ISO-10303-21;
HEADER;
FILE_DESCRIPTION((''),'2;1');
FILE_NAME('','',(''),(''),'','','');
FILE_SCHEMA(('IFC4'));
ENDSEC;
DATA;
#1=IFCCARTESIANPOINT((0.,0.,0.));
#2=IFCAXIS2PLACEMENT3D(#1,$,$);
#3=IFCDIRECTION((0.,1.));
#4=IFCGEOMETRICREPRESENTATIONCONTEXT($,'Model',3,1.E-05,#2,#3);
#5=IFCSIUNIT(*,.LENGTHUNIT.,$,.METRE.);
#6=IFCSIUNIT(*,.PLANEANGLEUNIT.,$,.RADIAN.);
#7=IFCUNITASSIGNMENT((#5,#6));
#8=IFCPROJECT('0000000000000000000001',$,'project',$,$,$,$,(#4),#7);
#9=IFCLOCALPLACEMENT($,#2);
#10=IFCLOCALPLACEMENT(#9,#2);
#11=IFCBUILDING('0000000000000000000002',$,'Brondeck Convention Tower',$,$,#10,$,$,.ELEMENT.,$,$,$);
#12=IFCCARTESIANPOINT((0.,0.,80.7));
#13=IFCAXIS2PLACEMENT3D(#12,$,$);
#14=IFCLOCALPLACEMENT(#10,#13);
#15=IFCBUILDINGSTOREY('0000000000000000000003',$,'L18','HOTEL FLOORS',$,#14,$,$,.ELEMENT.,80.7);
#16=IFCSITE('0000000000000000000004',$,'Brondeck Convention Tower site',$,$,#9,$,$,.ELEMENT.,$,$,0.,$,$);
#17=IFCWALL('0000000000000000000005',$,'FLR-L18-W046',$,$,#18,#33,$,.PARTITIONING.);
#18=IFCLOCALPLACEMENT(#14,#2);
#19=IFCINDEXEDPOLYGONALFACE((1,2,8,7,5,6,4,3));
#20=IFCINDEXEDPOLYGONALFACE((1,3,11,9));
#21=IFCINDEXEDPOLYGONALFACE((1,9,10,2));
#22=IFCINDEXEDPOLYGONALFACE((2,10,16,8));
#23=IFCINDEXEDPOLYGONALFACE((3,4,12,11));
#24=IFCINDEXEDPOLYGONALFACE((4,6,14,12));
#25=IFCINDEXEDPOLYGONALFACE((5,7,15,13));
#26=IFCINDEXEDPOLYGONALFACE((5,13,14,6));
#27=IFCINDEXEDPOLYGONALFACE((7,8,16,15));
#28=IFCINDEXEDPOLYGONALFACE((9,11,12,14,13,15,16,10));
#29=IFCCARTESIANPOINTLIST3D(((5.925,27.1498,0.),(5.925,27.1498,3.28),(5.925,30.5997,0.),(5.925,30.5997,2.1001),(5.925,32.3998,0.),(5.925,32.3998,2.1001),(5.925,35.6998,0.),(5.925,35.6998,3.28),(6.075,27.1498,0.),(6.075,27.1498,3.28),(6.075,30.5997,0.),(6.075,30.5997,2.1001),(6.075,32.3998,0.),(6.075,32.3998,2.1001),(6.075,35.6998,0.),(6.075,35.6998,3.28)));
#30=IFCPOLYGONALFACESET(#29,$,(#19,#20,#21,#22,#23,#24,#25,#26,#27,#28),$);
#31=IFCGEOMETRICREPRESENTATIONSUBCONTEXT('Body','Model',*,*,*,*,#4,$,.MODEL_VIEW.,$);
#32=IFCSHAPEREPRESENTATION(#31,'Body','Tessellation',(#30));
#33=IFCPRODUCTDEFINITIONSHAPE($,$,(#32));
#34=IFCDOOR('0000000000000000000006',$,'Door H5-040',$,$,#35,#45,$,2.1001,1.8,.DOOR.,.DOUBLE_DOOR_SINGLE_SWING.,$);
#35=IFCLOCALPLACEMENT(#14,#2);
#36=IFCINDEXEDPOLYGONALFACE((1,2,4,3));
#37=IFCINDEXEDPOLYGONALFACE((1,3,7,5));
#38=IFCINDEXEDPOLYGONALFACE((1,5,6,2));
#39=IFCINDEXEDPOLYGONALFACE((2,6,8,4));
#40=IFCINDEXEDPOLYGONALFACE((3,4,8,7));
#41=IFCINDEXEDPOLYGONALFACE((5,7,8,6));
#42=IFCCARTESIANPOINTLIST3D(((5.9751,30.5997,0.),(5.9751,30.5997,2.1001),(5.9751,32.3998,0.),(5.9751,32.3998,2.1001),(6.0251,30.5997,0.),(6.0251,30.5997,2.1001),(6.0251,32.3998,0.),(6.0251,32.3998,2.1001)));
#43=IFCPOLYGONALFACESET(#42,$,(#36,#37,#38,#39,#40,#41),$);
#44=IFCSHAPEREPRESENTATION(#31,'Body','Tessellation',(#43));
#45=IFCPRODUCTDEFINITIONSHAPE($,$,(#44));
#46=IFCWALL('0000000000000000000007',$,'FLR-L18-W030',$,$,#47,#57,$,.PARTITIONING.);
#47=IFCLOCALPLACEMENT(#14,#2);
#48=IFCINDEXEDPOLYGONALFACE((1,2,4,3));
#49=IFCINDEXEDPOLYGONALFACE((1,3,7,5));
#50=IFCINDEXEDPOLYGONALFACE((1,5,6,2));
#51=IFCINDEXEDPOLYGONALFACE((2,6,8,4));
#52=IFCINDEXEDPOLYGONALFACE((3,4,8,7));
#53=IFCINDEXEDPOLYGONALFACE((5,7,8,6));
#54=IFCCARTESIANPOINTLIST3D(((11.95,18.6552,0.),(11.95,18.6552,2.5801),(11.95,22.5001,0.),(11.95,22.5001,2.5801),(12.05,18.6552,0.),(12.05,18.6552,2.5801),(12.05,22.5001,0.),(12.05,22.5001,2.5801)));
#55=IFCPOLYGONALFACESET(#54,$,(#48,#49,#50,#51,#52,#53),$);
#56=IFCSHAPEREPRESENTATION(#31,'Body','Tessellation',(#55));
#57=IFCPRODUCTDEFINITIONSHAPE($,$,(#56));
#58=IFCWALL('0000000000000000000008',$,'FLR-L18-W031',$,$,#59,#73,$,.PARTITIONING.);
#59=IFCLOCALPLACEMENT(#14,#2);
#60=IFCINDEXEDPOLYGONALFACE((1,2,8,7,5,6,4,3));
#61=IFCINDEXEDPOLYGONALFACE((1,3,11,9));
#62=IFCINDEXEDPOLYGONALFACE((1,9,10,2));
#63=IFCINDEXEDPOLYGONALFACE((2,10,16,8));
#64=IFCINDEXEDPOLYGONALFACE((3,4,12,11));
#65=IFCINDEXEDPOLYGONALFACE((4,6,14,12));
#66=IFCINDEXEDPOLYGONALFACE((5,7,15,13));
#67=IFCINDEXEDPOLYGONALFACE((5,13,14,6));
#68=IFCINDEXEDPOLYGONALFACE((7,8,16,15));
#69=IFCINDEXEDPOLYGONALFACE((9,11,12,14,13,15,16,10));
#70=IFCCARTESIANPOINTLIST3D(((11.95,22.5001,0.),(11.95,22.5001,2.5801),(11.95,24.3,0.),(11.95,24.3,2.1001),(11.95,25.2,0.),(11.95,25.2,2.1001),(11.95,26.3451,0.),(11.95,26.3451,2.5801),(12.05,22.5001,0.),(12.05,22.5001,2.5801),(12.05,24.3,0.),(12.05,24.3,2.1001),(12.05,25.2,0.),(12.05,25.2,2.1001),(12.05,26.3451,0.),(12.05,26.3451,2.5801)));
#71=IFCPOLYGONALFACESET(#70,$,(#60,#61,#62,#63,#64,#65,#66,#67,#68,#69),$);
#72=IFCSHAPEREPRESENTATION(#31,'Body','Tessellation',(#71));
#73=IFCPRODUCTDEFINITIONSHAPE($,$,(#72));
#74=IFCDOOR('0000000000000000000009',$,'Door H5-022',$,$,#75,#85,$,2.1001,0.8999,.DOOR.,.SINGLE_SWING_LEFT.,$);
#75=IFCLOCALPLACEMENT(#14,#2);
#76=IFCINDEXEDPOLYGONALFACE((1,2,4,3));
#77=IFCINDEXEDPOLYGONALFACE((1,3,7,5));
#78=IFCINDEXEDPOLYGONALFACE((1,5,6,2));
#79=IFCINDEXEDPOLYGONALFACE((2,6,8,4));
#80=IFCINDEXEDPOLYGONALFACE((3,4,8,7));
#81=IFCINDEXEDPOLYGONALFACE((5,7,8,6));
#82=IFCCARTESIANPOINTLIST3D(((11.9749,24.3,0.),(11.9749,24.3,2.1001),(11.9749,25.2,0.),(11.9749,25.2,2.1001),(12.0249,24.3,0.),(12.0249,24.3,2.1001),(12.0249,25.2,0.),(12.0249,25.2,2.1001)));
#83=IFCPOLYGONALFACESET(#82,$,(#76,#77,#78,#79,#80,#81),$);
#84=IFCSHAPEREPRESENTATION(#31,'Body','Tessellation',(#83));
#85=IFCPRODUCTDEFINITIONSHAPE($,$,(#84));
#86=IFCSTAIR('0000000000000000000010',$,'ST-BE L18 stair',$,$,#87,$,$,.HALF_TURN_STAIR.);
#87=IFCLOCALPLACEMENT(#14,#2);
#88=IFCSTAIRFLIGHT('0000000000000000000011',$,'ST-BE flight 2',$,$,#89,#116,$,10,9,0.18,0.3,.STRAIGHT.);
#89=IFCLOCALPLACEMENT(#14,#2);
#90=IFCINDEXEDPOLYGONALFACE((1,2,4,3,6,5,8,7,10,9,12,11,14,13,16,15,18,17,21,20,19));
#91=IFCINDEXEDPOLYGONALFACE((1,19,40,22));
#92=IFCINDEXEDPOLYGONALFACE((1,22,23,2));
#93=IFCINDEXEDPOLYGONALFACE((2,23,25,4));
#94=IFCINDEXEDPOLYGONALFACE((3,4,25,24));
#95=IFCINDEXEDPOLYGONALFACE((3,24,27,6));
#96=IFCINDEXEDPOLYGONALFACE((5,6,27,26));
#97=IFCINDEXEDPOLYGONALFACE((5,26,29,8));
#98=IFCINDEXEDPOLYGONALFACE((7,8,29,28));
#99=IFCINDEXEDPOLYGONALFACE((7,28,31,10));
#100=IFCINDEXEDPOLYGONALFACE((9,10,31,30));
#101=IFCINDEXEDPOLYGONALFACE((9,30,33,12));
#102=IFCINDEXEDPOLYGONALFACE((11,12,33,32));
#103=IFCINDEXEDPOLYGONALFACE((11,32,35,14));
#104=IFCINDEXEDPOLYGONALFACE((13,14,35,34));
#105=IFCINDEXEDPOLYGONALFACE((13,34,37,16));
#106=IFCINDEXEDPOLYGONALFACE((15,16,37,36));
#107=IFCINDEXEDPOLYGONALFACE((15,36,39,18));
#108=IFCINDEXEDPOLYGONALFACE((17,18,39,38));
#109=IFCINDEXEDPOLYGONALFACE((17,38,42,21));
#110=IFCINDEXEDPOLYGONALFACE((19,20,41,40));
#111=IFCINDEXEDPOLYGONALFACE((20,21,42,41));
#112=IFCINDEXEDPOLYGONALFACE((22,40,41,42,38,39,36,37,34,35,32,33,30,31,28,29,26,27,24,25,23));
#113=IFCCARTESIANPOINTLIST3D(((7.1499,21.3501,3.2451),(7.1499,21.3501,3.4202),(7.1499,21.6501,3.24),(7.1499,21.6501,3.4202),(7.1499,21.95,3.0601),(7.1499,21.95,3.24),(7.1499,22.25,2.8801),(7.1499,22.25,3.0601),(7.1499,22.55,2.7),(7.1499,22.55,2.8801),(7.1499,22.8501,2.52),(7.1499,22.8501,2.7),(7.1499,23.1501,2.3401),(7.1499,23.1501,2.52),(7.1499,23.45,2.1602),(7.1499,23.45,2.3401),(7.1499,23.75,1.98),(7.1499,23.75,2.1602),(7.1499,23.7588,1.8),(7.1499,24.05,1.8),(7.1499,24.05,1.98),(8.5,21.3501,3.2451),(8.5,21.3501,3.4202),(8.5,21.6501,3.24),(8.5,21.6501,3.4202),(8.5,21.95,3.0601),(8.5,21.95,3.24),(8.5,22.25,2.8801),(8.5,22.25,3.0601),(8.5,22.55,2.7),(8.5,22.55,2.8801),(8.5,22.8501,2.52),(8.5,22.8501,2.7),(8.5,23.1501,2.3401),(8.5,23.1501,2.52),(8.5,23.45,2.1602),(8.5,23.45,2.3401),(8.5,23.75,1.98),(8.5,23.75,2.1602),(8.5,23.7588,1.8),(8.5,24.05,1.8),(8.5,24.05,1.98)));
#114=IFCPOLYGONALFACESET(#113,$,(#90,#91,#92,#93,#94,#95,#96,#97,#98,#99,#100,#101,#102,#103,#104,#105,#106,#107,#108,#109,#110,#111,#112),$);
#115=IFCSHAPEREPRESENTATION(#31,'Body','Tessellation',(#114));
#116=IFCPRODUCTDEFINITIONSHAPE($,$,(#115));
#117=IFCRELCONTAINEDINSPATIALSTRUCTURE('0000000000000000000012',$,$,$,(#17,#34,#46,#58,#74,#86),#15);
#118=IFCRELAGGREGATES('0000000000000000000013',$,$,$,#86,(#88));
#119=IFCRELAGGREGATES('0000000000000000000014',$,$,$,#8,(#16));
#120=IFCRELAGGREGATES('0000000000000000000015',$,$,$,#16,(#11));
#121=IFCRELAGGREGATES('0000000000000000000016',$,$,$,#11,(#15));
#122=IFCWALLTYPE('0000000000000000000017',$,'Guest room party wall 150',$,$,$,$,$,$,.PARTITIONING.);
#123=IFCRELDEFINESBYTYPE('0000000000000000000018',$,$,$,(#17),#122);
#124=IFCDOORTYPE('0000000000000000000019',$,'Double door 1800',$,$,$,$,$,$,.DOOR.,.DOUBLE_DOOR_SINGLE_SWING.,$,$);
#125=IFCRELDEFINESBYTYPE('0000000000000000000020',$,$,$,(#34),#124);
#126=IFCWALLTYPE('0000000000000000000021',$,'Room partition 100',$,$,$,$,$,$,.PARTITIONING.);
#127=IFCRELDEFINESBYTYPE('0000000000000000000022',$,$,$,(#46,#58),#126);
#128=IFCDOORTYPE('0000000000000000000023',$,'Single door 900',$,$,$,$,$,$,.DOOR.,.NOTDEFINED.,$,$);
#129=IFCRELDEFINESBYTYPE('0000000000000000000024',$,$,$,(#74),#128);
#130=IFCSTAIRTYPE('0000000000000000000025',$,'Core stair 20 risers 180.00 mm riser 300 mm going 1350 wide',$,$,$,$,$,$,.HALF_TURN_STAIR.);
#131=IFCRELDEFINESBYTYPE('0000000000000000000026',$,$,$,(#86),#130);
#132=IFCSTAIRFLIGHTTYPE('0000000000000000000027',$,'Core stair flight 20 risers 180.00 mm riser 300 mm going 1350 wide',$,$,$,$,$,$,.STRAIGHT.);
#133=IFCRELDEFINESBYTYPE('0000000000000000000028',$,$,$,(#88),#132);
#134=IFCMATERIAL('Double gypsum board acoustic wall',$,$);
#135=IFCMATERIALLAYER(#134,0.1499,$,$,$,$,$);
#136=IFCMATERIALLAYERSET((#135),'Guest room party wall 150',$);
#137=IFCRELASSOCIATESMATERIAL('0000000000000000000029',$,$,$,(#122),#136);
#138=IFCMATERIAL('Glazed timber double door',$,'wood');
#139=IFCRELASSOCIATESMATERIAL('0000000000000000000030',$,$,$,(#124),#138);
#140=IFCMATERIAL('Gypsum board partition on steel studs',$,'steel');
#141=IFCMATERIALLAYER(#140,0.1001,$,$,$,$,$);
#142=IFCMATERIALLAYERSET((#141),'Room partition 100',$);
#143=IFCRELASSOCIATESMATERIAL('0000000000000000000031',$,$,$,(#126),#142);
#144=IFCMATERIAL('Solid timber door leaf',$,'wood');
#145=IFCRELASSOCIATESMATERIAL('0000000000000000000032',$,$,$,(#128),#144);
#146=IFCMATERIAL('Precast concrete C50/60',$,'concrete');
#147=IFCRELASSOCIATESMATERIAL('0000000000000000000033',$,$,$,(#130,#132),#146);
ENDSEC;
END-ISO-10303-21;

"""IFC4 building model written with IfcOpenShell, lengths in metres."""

from ifc_helpers import new_model, si_unit, direction, frame, frame_2d, origin, place, context, subcontext, project, spatial, polyline, rectangle, outline, extrude, material, layer, layer_set, type_object, element, fill, aggregate, save


model = new_model("IFC4")

# Units and contexts
model_context = context("Model", 3, precision=1e-05, world=origin(), true_north=direction((0.0, 1.0)))
body_context = subcontext(model_context, "Body", "Model", "MODEL_VIEW")
ifc_project = project(units=[si_unit("LENGTHUNIT", "METRE"), si_unit("PLANEANGLEUNIT", "RADIAN")], contexts=[model_context])

# Site, building, storey
site_placement = place(None, origin())
site = spatial("IfcSite", under=ifc_project, at=site_placement, Name="Brondeck Convention Tower site", CompositionType="ELEMENT", RefElevation=0.0)
building_placement = place(site_placement, origin())
building = spatial("IfcBuilding", under=site, at=building_placement, Name="Brondeck Convention Tower", CompositionType="ELEMENT")
storey_placement = place(building_placement, frame((0.0, 0.0, 80.7)))
storey = spatial("IfcBuildingStorey", under=building, at=storey_placement, Name="L18", Description="HOTEL FLOORS", CompositionType="ELEMENT", Elevation=80.7)

# Wall, opening, door
ifc_material_1 = material(Name="Double gypsum board acoustic wall")
ifc_layer_1 = layer(ifc_material_1, 0.1499)
ifc_layer_set_1 = layer_set([ifc_layer_1], Name="Guest room party wall 150")
wall_type_1 = type_object("IfcWallType", Name="Guest room party wall 150", PredefinedType="PARTITIONING", material=ifc_layer_set_1)
wall_1_placement = place(storey_placement, frame((6.0, 27.1499, 0.0), z_axis=(0.0, 0.0, 1.0), x_axis=(0.0, 1.0, 0.0)))
wall_1 = element("IfcWall", 1, at=wall_1_placement, inside=storey, type_object=wall_type_1, Name="FLR-L18-W046", PredefinedType="PARTITIONING", context=body_context, shape_type="SweptSolid", body=[
    extrude(rectangle(XDim=8.55, YDim=0.1499, at=frame_2d((4.2749, 0.0))), origin(), (0.0, 0.0, 1.0), 3.28),
])
opening_1_placement = place(wall_1_placement, frame((3.45, 0.0, 0.0)))
opening_1 = element("IfcOpeningElement", 2, at=opening_1_placement, cuts=wall_1, PredefinedType="OPENING", context=body_context, shape_type="SweptSolid", body=[
    extrude(rectangle(XDim=1.8, YDim=2.1001, at=frame_2d((0.8999, 1.05))), frame((0.0, 0.085, 0.0), z_axis=(0.0, -1.0, 0.0), x_axis=(1.0, 0.0, 0.0)), (0.0, 0.0, 1.0), 0.1699),
])
ifc_material_2 = material(Name="Glazed timber double door", Category="wood")
door_type_1 = type_object("IfcDoorType", Name="Double door 1800", OperationType="DOUBLE_DOOR_SINGLE_SWING", PredefinedType="DOOR", material=ifc_material_2)
door_1_placement = place(opening_1_placement, origin())
door_1 = element("IfcDoor", 3, at=door_1_placement, inside=storey, type_object=door_type_1, Name="Door H5-040", OperationType="DOUBLE_DOOR_SINGLE_SWING", OverallHeight=2.1001, OverallWidth=1.8, PredefinedType="DOOR", context=body_context, shape_type="SweptSolid", body=[
    extrude(rectangle(XDim=1.8, YDim=2.1001, at=frame_2d((0.8999, 1.05))), frame((0.0, 0.0249, 0.0), z_axis=(0.0, -1.0, 0.0), x_axis=(1.0, 0.0, 0.0)), (0.0, 0.0, 1.0), 0.05),
])
fill(opening_1, door_1)

# Wall
ifc_material_3 = material(Name="Gypsum board partition on steel studs", Category="steel")
ifc_layer_2 = layer(ifc_material_3, 0.1001)
ifc_layer_set_2 = layer_set([ifc_layer_2], Name="Room partition 100")
wall_type_2 = type_object("IfcWallType", Name="Room partition 100", PredefinedType="PARTITIONING", material=ifc_layer_set_2)
wall_2_placement = place(storey_placement, frame((12.0, 22.5, 0.0), z_axis=(0.0, 0.0, 1.0), x_axis=(0.0, -1.0, 0.0)))
element("IfcWall", 4, at=wall_2_placement, inside=storey, type_object=wall_type_2, Name="FLR-L18-W030", PredefinedType="PARTITIONING", context=body_context, shape_type="SweptSolid", body=[
    extrude(rectangle(XDim=3.845, YDim=0.1001, at=frame_2d((1.9224, 0.0))), origin(), (0.0, 0.0, 1.0), 2.5801),
])

# Wall, opening, door
wall_3_placement = place(storey_placement, frame((12.0, 26.345, 0.0), z_axis=(0.0, 0.0, 1.0), x_axis=(0.0, -1.0, 0.0)))
wall_3 = element("IfcWall", 5, at=wall_3_placement, inside=storey, type_object=wall_type_2, Name="FLR-L18-W031", PredefinedType="PARTITIONING", context=body_context, shape_type="SweptSolid", body=[
    extrude(rectangle(XDim=3.845, YDim=0.1001, at=frame_2d((1.9224, 0.0))), origin(), (0.0, 0.0, 1.0), 2.5801),
])
opening_2_placement = place(wall_3_placement, frame((1.145, 0.0, 0.0)))
opening_2 = element("IfcOpeningElement", 6, at=opening_2_placement, cuts=wall_3, PredefinedType="OPENING", context=body_context, shape_type="SweptSolid", body=[
    extrude(rectangle(XDim=0.8999, YDim=2.1001, at=frame_2d((0.45, 1.05))), frame((0.0, 0.0601, 0.0), z_axis=(0.0, -1.0, 0.0), x_axis=(1.0, 0.0, 0.0)), (0.0, 0.0, 1.0), 0.1201),
])
ifc_material_4 = material(Name="Solid timber door leaf", Category="wood")
door_type_2 = type_object("IfcDoorType", Name="Single door 900", OperationType="NOTDEFINED", PredefinedType="DOOR", material=ifc_material_4)
door_2_placement = place(opening_2_placement, origin())
door_2 = element("IfcDoor", 7, at=door_2_placement, inside=storey, type_object=door_type_2, Name="Door H5-022", OperationType="SINGLE_SWING_LEFT", OverallHeight=2.1001, OverallWidth=0.8999, PredefinedType="DOOR", context=body_context, shape_type="SweptSolid", body=[
    extrude(rectangle(XDim=0.8999, YDim=2.1001, at=frame_2d((0.45, 1.05))), frame((0.0, 0.0249, 0.0), z_axis=(0.0, -1.0, 0.0), x_axis=(1.0, 0.0, 0.0)), (0.0, 0.0, 1.0), 0.05),
])
fill(opening_2, door_2)

# Stair, stair flight
ifc_material_5 = material(Name="Precast concrete C50/60", Category="concrete")
stair_type = type_object("IfcStairType", Name="Core stair 20 risers 180.00 mm riser 300 mm going 1350 wide", PredefinedType="HALF_TURN_STAIR", material=ifc_material_5)
stair_placement = place(storey_placement, origin())
stair = element("IfcStair", 8, at=stair_placement, inside=storey, type_object=stair_type, Name="ST-BE L18 stair", PredefinedType="HALF_TURN_STAIR")
stair_flight_type = type_object("IfcStairFlightType", Name="Core stair flight 20 risers 180.00 mm riser 300 mm going 1350 wide", PredefinedType="STRAIGHT", material=ifc_material_5)
stair_flight_placement = place(storey_placement, frame((7.825, 24.05, 1.8), z_axis=(0.0, 0.0, 1.0), x_axis=(0.0, -1.0, 0.0)))
stair_flight = element("IfcStairFlight", 9, at=stair_flight_placement, type_object=stair_flight_type, Name="ST-BE flight 2", NumberOfRisers=10, NumberOfTreads=9, PredefinedType="STRAIGHT", RiserHeight=0.18, TreadLength=0.3, context=body_context, shape_type="SweptSolid", body=[
    extrude(outline(polyline([(0.0, 0.0), (0.0, 0.1799), (0.3, 0.1799), (0.3, 0.3601), (0.6001, 0.3601), (0.6001, 0.54), (0.8999, 0.54), (0.8999, 0.72), (1.2, 0.72), (1.2, 0.8999), (1.5, 0.8999), (1.5, 1.0801), (1.8, 1.0801), (1.8, 1.26), (2.1001, 1.26), (2.1001, 1.4399), (2.3999, 1.4399), (2.3999, 1.6201), (2.7, 1.6201), (2.7, 1.8), (2.7, 1.4451), (0.2913, 0.0), (0.0, 0.0)])), frame((0.0, 0.675, 0.0), z_axis=(0.0, -1.0, 0.0), x_axis=(1.0, 0.0, 0.0)), (0.0, 0.0, 1.0), 1.3501),
])
aggregate(stair, [stair_flight])

save(model, "model.ifc")
